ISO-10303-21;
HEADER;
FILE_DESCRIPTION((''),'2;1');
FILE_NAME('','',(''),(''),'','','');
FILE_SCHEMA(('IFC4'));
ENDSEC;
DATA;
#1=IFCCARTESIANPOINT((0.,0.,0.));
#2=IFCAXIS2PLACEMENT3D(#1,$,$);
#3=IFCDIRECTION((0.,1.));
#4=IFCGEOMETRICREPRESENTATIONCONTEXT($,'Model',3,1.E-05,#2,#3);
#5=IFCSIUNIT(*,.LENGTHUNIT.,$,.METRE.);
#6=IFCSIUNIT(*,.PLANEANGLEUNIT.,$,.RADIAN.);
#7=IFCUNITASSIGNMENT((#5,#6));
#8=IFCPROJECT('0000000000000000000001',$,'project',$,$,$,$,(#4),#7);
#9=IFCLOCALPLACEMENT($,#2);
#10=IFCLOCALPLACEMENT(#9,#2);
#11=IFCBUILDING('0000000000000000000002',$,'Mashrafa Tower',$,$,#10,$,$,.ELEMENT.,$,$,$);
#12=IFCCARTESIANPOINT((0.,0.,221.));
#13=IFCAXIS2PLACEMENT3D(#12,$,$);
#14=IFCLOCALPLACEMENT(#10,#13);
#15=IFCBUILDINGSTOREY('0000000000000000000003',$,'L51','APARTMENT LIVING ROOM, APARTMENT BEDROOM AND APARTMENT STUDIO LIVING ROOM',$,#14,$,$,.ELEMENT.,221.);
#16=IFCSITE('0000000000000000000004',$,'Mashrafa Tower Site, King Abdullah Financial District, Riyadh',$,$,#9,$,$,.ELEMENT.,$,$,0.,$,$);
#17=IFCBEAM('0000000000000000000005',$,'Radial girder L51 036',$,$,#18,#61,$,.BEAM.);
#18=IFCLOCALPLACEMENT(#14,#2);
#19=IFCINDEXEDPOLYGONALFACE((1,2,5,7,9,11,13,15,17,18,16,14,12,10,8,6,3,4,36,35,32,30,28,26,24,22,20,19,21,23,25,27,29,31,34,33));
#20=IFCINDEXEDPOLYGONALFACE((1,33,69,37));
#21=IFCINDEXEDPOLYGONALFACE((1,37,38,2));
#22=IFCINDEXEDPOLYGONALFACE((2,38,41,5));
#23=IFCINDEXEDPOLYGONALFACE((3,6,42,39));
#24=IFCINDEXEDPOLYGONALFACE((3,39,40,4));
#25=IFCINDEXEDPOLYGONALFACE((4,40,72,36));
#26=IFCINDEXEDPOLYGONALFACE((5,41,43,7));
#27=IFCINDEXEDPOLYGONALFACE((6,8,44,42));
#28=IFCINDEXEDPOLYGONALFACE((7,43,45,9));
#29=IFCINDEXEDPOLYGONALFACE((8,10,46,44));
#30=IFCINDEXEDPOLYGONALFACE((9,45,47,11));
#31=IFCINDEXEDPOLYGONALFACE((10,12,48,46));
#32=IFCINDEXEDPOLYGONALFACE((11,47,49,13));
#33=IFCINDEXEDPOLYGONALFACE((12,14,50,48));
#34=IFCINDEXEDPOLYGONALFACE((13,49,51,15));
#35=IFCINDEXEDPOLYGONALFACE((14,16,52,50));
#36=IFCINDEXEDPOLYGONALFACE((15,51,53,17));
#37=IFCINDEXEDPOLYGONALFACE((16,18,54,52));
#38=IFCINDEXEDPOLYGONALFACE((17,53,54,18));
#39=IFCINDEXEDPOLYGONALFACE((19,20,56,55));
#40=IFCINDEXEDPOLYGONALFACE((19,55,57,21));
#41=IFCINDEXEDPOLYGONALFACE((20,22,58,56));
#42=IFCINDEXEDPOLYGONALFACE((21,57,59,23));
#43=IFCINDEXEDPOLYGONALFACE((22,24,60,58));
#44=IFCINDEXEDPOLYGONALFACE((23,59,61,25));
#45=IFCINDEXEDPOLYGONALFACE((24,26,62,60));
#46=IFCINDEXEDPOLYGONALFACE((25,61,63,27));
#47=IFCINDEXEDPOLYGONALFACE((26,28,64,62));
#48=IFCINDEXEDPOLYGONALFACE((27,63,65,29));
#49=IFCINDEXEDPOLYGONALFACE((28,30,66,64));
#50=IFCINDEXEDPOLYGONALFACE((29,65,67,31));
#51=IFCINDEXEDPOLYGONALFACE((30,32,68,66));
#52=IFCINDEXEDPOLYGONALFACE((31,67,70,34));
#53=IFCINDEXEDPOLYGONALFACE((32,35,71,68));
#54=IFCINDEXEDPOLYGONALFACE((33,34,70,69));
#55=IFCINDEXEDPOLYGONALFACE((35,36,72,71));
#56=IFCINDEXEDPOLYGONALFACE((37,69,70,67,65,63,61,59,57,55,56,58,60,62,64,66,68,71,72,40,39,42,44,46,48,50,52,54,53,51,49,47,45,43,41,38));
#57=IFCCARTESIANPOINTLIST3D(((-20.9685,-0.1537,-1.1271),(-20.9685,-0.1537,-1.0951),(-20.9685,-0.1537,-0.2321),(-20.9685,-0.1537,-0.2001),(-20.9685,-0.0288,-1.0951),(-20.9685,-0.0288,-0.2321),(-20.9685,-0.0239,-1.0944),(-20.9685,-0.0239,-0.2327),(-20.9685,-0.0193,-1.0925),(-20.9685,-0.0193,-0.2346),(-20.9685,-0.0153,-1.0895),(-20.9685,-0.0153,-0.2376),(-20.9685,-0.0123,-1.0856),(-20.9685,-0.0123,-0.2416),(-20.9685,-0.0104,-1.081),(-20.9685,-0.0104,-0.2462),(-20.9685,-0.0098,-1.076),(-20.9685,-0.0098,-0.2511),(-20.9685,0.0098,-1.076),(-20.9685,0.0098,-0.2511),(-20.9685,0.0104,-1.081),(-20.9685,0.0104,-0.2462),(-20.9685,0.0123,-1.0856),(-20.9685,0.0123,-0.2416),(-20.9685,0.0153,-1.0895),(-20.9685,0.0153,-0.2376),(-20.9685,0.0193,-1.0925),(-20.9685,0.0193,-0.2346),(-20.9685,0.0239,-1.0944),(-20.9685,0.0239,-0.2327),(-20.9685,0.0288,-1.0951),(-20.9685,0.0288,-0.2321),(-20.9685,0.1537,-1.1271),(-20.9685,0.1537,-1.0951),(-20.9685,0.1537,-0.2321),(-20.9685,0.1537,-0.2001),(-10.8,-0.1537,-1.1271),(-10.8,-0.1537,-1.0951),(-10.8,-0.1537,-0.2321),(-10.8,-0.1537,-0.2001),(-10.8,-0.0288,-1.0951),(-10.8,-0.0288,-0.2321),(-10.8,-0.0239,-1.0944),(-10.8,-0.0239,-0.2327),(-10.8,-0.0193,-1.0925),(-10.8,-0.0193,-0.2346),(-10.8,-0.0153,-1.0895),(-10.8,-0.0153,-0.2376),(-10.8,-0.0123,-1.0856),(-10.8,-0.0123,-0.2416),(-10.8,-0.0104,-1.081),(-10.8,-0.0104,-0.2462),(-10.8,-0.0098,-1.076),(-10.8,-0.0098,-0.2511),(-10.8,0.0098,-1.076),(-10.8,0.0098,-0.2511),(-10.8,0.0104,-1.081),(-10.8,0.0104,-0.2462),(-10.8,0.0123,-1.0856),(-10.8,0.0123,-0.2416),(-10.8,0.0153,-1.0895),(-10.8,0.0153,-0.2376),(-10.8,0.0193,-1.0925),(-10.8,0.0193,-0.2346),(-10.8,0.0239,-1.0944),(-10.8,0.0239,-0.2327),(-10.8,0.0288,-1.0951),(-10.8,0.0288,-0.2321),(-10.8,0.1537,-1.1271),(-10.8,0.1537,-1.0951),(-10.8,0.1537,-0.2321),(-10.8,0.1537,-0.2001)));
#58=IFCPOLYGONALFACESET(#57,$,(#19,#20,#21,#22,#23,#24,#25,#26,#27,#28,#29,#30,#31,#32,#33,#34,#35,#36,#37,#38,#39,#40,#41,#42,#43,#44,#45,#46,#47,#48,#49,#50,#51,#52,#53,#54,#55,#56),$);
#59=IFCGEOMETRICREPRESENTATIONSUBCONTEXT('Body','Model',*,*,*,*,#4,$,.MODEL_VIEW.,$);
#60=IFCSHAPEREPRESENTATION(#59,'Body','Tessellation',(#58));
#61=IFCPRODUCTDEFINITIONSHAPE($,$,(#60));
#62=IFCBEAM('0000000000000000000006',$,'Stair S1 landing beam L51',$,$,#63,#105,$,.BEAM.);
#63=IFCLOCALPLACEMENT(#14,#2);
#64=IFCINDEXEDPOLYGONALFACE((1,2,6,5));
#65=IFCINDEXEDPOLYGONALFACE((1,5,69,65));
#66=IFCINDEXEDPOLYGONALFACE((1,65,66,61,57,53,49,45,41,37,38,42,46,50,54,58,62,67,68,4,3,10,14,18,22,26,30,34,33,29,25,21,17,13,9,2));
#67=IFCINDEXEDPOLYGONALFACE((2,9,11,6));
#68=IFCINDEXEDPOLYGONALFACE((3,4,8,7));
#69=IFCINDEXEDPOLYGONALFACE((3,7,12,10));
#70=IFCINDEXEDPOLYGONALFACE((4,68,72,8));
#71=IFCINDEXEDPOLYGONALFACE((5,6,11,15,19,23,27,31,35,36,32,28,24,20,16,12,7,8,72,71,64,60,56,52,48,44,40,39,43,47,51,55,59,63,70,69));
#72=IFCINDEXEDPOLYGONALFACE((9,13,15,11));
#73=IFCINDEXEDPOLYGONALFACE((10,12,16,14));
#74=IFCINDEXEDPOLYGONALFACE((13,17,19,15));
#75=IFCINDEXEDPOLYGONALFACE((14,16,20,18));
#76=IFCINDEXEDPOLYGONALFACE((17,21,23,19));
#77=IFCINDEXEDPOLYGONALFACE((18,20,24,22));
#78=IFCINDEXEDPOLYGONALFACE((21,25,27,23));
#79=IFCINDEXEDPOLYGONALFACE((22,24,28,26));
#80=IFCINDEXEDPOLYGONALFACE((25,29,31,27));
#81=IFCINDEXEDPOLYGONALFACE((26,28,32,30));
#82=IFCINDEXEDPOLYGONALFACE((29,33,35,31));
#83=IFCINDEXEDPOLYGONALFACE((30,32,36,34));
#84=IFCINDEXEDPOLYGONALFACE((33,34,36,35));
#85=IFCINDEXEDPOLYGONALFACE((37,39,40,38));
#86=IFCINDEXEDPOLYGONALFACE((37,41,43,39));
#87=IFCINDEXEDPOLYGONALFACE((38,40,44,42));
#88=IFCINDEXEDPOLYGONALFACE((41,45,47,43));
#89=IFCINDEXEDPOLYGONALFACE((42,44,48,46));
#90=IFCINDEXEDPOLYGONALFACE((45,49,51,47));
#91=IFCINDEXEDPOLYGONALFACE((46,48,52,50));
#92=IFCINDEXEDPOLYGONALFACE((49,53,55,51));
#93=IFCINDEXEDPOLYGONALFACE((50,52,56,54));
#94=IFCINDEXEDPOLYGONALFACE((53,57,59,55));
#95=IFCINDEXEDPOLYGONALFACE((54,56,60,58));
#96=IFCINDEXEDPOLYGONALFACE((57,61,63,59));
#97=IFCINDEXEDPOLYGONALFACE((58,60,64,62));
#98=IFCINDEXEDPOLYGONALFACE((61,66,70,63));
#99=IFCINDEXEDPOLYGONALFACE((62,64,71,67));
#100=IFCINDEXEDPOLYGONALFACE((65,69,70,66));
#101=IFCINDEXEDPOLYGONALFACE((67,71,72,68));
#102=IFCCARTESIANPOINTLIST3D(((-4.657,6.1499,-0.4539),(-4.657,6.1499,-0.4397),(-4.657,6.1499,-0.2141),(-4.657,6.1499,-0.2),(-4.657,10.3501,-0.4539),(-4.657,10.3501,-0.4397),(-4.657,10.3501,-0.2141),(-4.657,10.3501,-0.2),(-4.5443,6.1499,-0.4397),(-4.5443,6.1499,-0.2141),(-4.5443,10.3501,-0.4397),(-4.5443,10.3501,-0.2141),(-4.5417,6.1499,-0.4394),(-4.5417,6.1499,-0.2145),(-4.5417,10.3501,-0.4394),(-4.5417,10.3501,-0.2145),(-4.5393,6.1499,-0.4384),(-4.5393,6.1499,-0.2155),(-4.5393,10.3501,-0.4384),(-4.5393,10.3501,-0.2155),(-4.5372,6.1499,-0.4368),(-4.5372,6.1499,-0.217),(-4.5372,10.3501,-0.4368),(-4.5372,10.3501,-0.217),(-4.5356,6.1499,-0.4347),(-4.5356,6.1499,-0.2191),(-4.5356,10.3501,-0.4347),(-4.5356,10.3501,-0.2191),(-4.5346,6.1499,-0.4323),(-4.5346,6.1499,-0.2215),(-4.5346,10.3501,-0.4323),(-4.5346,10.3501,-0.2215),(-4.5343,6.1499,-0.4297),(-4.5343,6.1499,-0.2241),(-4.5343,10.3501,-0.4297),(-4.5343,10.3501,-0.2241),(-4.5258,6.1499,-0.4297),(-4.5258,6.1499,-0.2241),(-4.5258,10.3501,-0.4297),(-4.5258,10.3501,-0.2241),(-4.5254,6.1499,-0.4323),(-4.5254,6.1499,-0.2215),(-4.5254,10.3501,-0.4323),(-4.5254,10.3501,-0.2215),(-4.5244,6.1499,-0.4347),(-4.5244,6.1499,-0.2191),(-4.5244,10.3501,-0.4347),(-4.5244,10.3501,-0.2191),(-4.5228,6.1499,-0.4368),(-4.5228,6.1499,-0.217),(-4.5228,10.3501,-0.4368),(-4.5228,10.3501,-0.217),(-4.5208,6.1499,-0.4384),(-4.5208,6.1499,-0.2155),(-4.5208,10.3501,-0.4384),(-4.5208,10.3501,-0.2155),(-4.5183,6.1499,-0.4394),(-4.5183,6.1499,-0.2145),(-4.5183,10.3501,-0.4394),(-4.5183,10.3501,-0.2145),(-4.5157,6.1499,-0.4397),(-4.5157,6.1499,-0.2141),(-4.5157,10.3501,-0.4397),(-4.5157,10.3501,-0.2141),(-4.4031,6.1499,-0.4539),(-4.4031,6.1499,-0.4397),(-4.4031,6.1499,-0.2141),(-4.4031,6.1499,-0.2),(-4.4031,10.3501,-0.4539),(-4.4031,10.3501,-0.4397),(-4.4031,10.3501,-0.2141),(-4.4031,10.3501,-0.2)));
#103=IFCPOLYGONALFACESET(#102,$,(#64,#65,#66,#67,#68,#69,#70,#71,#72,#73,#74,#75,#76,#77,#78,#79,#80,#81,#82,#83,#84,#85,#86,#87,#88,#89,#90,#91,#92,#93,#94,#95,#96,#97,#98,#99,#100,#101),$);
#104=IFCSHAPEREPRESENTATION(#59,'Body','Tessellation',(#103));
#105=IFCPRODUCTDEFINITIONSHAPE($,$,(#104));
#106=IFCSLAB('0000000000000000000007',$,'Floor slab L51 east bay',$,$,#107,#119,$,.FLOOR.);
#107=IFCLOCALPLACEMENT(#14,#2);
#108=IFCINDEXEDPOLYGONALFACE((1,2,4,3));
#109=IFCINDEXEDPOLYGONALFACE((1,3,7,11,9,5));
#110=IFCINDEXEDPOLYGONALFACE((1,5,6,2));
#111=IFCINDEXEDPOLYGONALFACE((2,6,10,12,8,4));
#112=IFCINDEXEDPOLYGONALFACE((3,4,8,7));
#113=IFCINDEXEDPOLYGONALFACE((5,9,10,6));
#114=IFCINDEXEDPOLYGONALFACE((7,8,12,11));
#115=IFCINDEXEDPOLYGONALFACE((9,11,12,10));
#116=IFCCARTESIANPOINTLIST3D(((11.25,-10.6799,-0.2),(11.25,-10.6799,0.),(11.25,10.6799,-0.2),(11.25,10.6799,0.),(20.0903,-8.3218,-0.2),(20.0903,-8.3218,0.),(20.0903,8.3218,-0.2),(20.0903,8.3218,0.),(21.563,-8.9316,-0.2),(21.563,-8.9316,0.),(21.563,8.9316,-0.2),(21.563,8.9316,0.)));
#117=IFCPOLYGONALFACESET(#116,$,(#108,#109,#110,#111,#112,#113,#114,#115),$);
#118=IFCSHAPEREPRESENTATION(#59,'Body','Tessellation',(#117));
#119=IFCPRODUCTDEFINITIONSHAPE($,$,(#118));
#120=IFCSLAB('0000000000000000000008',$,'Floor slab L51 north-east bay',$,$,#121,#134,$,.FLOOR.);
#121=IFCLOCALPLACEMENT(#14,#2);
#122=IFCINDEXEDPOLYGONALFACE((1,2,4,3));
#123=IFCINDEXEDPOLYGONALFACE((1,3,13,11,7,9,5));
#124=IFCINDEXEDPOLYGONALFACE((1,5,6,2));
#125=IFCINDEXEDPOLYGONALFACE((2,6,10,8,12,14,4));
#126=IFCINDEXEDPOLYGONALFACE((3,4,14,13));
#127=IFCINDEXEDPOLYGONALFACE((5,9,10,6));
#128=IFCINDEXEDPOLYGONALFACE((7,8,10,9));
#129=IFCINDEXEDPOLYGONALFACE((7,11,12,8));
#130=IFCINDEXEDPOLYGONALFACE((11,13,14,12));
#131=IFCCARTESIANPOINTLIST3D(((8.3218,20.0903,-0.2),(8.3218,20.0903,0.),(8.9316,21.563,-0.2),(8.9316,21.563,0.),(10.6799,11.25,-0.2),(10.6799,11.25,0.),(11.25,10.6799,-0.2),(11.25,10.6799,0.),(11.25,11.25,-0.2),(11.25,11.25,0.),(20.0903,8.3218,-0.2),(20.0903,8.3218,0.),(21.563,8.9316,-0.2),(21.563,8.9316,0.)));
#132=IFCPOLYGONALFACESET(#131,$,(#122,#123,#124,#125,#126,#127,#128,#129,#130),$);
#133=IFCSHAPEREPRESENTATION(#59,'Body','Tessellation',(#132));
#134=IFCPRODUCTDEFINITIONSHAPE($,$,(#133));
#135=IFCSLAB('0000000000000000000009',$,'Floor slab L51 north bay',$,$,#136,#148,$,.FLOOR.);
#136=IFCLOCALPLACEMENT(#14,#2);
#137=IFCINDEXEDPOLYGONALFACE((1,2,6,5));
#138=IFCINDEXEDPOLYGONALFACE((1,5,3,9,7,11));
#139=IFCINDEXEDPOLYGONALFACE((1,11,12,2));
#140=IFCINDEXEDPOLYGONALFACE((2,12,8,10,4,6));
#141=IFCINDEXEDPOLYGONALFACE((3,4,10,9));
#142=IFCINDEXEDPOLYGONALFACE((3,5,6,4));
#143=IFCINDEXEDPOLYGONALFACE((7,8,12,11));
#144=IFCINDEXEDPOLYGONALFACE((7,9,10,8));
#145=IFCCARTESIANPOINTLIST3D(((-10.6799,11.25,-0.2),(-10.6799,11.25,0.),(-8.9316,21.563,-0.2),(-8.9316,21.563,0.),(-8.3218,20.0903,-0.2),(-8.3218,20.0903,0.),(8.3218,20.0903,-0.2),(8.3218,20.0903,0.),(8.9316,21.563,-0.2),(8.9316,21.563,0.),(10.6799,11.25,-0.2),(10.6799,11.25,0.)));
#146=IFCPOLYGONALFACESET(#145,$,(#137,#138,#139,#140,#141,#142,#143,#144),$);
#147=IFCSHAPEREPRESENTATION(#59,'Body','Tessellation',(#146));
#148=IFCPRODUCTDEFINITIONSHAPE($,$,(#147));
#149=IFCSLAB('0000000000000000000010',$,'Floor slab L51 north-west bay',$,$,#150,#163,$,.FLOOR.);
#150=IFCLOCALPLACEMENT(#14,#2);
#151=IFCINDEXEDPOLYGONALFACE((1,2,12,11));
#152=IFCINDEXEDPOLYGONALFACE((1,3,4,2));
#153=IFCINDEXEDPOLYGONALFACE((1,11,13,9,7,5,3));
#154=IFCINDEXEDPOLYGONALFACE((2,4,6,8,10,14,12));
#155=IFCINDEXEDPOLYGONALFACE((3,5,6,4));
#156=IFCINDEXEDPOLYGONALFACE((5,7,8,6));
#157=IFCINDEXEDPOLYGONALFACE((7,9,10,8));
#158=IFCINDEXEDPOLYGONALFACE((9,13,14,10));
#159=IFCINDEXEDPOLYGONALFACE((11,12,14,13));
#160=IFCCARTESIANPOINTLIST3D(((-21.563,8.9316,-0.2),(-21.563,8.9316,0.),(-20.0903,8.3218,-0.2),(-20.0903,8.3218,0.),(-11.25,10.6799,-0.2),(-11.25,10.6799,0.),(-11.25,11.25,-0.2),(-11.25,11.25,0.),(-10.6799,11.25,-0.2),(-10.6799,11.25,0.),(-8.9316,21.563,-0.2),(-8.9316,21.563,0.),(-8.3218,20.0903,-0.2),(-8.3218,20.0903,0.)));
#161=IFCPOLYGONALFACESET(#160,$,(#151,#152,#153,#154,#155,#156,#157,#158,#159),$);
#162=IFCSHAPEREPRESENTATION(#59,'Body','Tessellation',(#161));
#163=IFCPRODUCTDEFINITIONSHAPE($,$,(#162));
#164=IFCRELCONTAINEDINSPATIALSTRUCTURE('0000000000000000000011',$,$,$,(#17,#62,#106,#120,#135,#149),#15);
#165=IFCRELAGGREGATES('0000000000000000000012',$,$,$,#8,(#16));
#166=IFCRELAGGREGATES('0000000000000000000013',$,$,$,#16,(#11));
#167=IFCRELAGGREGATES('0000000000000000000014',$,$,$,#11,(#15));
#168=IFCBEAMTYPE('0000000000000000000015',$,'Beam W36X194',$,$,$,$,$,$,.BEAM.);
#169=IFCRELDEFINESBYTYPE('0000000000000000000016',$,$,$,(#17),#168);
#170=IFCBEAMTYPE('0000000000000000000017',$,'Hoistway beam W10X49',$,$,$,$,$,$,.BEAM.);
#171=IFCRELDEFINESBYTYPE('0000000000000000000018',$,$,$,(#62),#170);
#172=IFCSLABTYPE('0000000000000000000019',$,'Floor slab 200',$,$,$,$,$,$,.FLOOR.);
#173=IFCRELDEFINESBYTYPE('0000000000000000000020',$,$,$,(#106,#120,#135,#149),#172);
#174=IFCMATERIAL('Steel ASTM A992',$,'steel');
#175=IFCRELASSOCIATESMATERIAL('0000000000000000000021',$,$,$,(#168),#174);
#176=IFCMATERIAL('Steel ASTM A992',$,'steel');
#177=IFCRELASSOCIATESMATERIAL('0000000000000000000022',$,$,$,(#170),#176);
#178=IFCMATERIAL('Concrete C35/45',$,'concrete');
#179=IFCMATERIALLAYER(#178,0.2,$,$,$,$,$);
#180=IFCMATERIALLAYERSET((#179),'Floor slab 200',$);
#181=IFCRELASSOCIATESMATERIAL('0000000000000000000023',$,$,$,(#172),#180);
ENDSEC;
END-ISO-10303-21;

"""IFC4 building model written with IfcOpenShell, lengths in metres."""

from ifc_helpers import new_model, si_unit, direction, frame, origin, origin_2d, place, context, subcontext, project, spatial, polyline, i_section, outline, extrude, material, layer, layer_set, material_profile, profile_set, type_object, element, save


model = new_model("IFC4")

# Units and contexts
model_context = context("Model", 3, precision=1e-05, world=origin(), true_north=direction((0.0, 1.0)))
body_context = subcontext(model_context, "Body", "Model", "MODEL_VIEW")
ifc_project = project(units=[si_unit("LENGTHUNIT", "METRE"), si_unit("PLANEANGLEUNIT", "RADIAN")], contexts=[model_context])

# Site, building, storey
site_placement = place(None, origin())
site = spatial("IfcSite", under=ifc_project, at=site_placement, Name="Mashrafa Tower Site, King Abdullah Financial District, Riyadh", CompositionType="ELEMENT", RefElevation=0.0)
building_placement = place(site_placement, origin())
building = spatial("IfcBuilding", under=site, at=building_placement, Name="Mashrafa Tower", CompositionType="ELEMENT")
storey_placement = place(building_placement, frame((0.0, 0.0, 221.0)))
storey = spatial("IfcBuildingStorey", under=building, at=storey_placement, Name="L51", Description="APARTMENT LIVING ROOM, APARTMENT BEDROOM AND APARTMENT STUDIO LIVING ROOM", CompositionType="ELEMENT", Elevation=221.0)

# Beams
ifc_material_1 = material(Name="Steel ASTM A992", Category="steel")
ifc_material_profile_1 = material_profile(ifc_material_1, i_section(OverallWidth=0.3074, OverallDepth=0.927, WebThickness=0.0195, FlangeThickness=0.032, FilletRadius=0.019, at=origin_2d()), Name="W36X194")
ifc_profile_set_1 = profile_set([ifc_material_profile_1], Name="Steel ASTM A992")
beam_type_1 = type_object("IfcBeamType", Name="Beam W36X194", PredefinedType="BEAM", material=ifc_profile_set_1)
beam_1_placement = place(storey_placement, frame((-10.8, 0.0, -0.6636), z_axis=(-1.0, 0.0, 0.0), x_axis=(0.0, -1.0, 0.0)))
element("IfcBeam", 1, at=beam_1_placement, inside=storey, type_object=beam_type_1, Name="Radial girder L51 036", PredefinedType="BEAM", context=body_context, shape_type="SweptSolid", body=[
    extrude(i_section(OverallWidth=0.3074, OverallDepth=0.927, WebThickness=0.0195, FlangeThickness=0.032, FilletRadius=0.019, at=origin_2d()), origin(), (0.0, 0.0, 1.0), 10.1685),
])
ifc_material_2 = material(Name="Steel ASTM A992", Category="steel")
ifc_material_profile_2 = material_profile(ifc_material_2, i_section(OverallWidth=0.2539, OverallDepth=0.2539, WebThickness=0.0085, FlangeThickness=0.0142, FilletRadius=0.01, at=origin_2d()), Name="W10X49")
ifc_profile_set_2 = profile_set([ifc_material_profile_2], Name="Steel ASTM A992")
beam_type_2 = type_object("IfcBeamType", Name="Hoistway beam W10X49", PredefinedType="BEAM", material=ifc_profile_set_2)
beam_2_placement = place(storey_placement, frame((-4.53, 6.1499, -0.3269), z_axis=(0.0, 1.0, 0.0), x_axis=(-1.0, 0.0, 0.0)))
element("IfcBeam", 2, at=beam_2_placement, inside=storey, type_object=beam_type_2, Name="Stair S1 landing beam L51", PredefinedType="BEAM", context=body_context, shape_type="SweptSolid", body=[
    extrude(i_section(OverallWidth=0.2539, OverallDepth=0.2539, WebThickness=0.0085, FlangeThickness=0.0142, FilletRadius=0.01, at=origin_2d()), origin(), (0.0, 0.0, 1.0), 4.2002),
])

# Slabs
ifc_material_3 = material(Name="Concrete C35/45", Category="concrete")
ifc_layer_1 = layer(ifc_material_3, 0.2)
ifc_layer_set_1 = layer_set([ifc_layer_1], Name="Floor slab 200")
slab_type = type_object("IfcSlabType", Name="Floor slab 200", PredefinedType="FLOOR", material=ifc_layer_set_1)
slab_1_placement = place(storey_placement, frame((0.0, 0.0, -0.2)))
element("IfcSlab", 3, at=slab_1_placement, inside=storey, type_object=slab_type, Name="Floor slab L51 east bay", PredefinedType="FLOOR", context=body_context, shape_type="SweptSolid", body=[
    extrude(outline(polyline([(21.563, -8.9316), (20.0903, -8.3218), (11.25, -10.6799), (11.25, 10.6799), (20.0903, 8.3218), (21.563, 8.9316), (21.563, -8.9316)])), origin(), (0.0, 0.0, 1.0), 0.2),
])
slab_2_placement = place(storey_placement, frame((0.0, 0.0, -0.2)))
element("IfcSlab", 4, at=slab_2_placement, inside=storey, type_object=slab_type, Name="Floor slab L51 north-east bay", PredefinedType="FLOOR", context=body_context, shape_type="SweptSolid", body=[
    extrude(outline(polyline([(8.9316, 21.563), (21.563, 8.9316), (21.563, 8.9316), (20.0903, 8.3218), (11.25, 10.6799), (11.25, 11.25), (10.6799, 11.25), (8.3218, 20.0903), (8.9316, 21.563), (8.9316, 21.563)])), origin(), (0.0, 0.0, 1.0), 0.2),
])
slab_3_placement = place(storey_placement, frame((0.0, 0.0, -0.2)))
element("IfcSlab", 5, at=slab_3_placement, inside=storey, type_object=slab_type, Name="Floor slab L51 north bay", PredefinedType="FLOOR", context=body_context, shape_type="SweptSolid", body=[
    extrude(outline(polyline([(8.9316, 21.563), (8.3218, 20.0903), (10.6799, 11.25), (-10.6799, 11.25), (-8.3218, 20.0903), (-8.9316, 21.563), (8.9316, 21.563)])), origin(), (0.0, 0.0, 1.0), 0.2),
])
slab_4_placement = place(storey_placement, frame((0.0, 0.0, -0.2)))
element("IfcSlab", 6, at=slab_4_placement, inside=storey, type_object=slab_type, Name="Floor slab L51 north-west bay", PredefinedType="FLOOR", context=body_context, shape_type="SweptSolid", body=[
    extrude(outline(polyline([(-21.563, 8.9316), (-8.9316, 21.563), (-8.9316, 21.563), (-8.3218, 20.0903), (-10.6799, 11.25), (-11.25, 11.25), (-11.25, 10.6799), (-20.0903, 8.3218), (-21.563, 8.9316), (-21.563, 8.9316)])), origin(), (0.0, 0.0, 1.0), 0.2),
])

save(model, "model.ifc")
